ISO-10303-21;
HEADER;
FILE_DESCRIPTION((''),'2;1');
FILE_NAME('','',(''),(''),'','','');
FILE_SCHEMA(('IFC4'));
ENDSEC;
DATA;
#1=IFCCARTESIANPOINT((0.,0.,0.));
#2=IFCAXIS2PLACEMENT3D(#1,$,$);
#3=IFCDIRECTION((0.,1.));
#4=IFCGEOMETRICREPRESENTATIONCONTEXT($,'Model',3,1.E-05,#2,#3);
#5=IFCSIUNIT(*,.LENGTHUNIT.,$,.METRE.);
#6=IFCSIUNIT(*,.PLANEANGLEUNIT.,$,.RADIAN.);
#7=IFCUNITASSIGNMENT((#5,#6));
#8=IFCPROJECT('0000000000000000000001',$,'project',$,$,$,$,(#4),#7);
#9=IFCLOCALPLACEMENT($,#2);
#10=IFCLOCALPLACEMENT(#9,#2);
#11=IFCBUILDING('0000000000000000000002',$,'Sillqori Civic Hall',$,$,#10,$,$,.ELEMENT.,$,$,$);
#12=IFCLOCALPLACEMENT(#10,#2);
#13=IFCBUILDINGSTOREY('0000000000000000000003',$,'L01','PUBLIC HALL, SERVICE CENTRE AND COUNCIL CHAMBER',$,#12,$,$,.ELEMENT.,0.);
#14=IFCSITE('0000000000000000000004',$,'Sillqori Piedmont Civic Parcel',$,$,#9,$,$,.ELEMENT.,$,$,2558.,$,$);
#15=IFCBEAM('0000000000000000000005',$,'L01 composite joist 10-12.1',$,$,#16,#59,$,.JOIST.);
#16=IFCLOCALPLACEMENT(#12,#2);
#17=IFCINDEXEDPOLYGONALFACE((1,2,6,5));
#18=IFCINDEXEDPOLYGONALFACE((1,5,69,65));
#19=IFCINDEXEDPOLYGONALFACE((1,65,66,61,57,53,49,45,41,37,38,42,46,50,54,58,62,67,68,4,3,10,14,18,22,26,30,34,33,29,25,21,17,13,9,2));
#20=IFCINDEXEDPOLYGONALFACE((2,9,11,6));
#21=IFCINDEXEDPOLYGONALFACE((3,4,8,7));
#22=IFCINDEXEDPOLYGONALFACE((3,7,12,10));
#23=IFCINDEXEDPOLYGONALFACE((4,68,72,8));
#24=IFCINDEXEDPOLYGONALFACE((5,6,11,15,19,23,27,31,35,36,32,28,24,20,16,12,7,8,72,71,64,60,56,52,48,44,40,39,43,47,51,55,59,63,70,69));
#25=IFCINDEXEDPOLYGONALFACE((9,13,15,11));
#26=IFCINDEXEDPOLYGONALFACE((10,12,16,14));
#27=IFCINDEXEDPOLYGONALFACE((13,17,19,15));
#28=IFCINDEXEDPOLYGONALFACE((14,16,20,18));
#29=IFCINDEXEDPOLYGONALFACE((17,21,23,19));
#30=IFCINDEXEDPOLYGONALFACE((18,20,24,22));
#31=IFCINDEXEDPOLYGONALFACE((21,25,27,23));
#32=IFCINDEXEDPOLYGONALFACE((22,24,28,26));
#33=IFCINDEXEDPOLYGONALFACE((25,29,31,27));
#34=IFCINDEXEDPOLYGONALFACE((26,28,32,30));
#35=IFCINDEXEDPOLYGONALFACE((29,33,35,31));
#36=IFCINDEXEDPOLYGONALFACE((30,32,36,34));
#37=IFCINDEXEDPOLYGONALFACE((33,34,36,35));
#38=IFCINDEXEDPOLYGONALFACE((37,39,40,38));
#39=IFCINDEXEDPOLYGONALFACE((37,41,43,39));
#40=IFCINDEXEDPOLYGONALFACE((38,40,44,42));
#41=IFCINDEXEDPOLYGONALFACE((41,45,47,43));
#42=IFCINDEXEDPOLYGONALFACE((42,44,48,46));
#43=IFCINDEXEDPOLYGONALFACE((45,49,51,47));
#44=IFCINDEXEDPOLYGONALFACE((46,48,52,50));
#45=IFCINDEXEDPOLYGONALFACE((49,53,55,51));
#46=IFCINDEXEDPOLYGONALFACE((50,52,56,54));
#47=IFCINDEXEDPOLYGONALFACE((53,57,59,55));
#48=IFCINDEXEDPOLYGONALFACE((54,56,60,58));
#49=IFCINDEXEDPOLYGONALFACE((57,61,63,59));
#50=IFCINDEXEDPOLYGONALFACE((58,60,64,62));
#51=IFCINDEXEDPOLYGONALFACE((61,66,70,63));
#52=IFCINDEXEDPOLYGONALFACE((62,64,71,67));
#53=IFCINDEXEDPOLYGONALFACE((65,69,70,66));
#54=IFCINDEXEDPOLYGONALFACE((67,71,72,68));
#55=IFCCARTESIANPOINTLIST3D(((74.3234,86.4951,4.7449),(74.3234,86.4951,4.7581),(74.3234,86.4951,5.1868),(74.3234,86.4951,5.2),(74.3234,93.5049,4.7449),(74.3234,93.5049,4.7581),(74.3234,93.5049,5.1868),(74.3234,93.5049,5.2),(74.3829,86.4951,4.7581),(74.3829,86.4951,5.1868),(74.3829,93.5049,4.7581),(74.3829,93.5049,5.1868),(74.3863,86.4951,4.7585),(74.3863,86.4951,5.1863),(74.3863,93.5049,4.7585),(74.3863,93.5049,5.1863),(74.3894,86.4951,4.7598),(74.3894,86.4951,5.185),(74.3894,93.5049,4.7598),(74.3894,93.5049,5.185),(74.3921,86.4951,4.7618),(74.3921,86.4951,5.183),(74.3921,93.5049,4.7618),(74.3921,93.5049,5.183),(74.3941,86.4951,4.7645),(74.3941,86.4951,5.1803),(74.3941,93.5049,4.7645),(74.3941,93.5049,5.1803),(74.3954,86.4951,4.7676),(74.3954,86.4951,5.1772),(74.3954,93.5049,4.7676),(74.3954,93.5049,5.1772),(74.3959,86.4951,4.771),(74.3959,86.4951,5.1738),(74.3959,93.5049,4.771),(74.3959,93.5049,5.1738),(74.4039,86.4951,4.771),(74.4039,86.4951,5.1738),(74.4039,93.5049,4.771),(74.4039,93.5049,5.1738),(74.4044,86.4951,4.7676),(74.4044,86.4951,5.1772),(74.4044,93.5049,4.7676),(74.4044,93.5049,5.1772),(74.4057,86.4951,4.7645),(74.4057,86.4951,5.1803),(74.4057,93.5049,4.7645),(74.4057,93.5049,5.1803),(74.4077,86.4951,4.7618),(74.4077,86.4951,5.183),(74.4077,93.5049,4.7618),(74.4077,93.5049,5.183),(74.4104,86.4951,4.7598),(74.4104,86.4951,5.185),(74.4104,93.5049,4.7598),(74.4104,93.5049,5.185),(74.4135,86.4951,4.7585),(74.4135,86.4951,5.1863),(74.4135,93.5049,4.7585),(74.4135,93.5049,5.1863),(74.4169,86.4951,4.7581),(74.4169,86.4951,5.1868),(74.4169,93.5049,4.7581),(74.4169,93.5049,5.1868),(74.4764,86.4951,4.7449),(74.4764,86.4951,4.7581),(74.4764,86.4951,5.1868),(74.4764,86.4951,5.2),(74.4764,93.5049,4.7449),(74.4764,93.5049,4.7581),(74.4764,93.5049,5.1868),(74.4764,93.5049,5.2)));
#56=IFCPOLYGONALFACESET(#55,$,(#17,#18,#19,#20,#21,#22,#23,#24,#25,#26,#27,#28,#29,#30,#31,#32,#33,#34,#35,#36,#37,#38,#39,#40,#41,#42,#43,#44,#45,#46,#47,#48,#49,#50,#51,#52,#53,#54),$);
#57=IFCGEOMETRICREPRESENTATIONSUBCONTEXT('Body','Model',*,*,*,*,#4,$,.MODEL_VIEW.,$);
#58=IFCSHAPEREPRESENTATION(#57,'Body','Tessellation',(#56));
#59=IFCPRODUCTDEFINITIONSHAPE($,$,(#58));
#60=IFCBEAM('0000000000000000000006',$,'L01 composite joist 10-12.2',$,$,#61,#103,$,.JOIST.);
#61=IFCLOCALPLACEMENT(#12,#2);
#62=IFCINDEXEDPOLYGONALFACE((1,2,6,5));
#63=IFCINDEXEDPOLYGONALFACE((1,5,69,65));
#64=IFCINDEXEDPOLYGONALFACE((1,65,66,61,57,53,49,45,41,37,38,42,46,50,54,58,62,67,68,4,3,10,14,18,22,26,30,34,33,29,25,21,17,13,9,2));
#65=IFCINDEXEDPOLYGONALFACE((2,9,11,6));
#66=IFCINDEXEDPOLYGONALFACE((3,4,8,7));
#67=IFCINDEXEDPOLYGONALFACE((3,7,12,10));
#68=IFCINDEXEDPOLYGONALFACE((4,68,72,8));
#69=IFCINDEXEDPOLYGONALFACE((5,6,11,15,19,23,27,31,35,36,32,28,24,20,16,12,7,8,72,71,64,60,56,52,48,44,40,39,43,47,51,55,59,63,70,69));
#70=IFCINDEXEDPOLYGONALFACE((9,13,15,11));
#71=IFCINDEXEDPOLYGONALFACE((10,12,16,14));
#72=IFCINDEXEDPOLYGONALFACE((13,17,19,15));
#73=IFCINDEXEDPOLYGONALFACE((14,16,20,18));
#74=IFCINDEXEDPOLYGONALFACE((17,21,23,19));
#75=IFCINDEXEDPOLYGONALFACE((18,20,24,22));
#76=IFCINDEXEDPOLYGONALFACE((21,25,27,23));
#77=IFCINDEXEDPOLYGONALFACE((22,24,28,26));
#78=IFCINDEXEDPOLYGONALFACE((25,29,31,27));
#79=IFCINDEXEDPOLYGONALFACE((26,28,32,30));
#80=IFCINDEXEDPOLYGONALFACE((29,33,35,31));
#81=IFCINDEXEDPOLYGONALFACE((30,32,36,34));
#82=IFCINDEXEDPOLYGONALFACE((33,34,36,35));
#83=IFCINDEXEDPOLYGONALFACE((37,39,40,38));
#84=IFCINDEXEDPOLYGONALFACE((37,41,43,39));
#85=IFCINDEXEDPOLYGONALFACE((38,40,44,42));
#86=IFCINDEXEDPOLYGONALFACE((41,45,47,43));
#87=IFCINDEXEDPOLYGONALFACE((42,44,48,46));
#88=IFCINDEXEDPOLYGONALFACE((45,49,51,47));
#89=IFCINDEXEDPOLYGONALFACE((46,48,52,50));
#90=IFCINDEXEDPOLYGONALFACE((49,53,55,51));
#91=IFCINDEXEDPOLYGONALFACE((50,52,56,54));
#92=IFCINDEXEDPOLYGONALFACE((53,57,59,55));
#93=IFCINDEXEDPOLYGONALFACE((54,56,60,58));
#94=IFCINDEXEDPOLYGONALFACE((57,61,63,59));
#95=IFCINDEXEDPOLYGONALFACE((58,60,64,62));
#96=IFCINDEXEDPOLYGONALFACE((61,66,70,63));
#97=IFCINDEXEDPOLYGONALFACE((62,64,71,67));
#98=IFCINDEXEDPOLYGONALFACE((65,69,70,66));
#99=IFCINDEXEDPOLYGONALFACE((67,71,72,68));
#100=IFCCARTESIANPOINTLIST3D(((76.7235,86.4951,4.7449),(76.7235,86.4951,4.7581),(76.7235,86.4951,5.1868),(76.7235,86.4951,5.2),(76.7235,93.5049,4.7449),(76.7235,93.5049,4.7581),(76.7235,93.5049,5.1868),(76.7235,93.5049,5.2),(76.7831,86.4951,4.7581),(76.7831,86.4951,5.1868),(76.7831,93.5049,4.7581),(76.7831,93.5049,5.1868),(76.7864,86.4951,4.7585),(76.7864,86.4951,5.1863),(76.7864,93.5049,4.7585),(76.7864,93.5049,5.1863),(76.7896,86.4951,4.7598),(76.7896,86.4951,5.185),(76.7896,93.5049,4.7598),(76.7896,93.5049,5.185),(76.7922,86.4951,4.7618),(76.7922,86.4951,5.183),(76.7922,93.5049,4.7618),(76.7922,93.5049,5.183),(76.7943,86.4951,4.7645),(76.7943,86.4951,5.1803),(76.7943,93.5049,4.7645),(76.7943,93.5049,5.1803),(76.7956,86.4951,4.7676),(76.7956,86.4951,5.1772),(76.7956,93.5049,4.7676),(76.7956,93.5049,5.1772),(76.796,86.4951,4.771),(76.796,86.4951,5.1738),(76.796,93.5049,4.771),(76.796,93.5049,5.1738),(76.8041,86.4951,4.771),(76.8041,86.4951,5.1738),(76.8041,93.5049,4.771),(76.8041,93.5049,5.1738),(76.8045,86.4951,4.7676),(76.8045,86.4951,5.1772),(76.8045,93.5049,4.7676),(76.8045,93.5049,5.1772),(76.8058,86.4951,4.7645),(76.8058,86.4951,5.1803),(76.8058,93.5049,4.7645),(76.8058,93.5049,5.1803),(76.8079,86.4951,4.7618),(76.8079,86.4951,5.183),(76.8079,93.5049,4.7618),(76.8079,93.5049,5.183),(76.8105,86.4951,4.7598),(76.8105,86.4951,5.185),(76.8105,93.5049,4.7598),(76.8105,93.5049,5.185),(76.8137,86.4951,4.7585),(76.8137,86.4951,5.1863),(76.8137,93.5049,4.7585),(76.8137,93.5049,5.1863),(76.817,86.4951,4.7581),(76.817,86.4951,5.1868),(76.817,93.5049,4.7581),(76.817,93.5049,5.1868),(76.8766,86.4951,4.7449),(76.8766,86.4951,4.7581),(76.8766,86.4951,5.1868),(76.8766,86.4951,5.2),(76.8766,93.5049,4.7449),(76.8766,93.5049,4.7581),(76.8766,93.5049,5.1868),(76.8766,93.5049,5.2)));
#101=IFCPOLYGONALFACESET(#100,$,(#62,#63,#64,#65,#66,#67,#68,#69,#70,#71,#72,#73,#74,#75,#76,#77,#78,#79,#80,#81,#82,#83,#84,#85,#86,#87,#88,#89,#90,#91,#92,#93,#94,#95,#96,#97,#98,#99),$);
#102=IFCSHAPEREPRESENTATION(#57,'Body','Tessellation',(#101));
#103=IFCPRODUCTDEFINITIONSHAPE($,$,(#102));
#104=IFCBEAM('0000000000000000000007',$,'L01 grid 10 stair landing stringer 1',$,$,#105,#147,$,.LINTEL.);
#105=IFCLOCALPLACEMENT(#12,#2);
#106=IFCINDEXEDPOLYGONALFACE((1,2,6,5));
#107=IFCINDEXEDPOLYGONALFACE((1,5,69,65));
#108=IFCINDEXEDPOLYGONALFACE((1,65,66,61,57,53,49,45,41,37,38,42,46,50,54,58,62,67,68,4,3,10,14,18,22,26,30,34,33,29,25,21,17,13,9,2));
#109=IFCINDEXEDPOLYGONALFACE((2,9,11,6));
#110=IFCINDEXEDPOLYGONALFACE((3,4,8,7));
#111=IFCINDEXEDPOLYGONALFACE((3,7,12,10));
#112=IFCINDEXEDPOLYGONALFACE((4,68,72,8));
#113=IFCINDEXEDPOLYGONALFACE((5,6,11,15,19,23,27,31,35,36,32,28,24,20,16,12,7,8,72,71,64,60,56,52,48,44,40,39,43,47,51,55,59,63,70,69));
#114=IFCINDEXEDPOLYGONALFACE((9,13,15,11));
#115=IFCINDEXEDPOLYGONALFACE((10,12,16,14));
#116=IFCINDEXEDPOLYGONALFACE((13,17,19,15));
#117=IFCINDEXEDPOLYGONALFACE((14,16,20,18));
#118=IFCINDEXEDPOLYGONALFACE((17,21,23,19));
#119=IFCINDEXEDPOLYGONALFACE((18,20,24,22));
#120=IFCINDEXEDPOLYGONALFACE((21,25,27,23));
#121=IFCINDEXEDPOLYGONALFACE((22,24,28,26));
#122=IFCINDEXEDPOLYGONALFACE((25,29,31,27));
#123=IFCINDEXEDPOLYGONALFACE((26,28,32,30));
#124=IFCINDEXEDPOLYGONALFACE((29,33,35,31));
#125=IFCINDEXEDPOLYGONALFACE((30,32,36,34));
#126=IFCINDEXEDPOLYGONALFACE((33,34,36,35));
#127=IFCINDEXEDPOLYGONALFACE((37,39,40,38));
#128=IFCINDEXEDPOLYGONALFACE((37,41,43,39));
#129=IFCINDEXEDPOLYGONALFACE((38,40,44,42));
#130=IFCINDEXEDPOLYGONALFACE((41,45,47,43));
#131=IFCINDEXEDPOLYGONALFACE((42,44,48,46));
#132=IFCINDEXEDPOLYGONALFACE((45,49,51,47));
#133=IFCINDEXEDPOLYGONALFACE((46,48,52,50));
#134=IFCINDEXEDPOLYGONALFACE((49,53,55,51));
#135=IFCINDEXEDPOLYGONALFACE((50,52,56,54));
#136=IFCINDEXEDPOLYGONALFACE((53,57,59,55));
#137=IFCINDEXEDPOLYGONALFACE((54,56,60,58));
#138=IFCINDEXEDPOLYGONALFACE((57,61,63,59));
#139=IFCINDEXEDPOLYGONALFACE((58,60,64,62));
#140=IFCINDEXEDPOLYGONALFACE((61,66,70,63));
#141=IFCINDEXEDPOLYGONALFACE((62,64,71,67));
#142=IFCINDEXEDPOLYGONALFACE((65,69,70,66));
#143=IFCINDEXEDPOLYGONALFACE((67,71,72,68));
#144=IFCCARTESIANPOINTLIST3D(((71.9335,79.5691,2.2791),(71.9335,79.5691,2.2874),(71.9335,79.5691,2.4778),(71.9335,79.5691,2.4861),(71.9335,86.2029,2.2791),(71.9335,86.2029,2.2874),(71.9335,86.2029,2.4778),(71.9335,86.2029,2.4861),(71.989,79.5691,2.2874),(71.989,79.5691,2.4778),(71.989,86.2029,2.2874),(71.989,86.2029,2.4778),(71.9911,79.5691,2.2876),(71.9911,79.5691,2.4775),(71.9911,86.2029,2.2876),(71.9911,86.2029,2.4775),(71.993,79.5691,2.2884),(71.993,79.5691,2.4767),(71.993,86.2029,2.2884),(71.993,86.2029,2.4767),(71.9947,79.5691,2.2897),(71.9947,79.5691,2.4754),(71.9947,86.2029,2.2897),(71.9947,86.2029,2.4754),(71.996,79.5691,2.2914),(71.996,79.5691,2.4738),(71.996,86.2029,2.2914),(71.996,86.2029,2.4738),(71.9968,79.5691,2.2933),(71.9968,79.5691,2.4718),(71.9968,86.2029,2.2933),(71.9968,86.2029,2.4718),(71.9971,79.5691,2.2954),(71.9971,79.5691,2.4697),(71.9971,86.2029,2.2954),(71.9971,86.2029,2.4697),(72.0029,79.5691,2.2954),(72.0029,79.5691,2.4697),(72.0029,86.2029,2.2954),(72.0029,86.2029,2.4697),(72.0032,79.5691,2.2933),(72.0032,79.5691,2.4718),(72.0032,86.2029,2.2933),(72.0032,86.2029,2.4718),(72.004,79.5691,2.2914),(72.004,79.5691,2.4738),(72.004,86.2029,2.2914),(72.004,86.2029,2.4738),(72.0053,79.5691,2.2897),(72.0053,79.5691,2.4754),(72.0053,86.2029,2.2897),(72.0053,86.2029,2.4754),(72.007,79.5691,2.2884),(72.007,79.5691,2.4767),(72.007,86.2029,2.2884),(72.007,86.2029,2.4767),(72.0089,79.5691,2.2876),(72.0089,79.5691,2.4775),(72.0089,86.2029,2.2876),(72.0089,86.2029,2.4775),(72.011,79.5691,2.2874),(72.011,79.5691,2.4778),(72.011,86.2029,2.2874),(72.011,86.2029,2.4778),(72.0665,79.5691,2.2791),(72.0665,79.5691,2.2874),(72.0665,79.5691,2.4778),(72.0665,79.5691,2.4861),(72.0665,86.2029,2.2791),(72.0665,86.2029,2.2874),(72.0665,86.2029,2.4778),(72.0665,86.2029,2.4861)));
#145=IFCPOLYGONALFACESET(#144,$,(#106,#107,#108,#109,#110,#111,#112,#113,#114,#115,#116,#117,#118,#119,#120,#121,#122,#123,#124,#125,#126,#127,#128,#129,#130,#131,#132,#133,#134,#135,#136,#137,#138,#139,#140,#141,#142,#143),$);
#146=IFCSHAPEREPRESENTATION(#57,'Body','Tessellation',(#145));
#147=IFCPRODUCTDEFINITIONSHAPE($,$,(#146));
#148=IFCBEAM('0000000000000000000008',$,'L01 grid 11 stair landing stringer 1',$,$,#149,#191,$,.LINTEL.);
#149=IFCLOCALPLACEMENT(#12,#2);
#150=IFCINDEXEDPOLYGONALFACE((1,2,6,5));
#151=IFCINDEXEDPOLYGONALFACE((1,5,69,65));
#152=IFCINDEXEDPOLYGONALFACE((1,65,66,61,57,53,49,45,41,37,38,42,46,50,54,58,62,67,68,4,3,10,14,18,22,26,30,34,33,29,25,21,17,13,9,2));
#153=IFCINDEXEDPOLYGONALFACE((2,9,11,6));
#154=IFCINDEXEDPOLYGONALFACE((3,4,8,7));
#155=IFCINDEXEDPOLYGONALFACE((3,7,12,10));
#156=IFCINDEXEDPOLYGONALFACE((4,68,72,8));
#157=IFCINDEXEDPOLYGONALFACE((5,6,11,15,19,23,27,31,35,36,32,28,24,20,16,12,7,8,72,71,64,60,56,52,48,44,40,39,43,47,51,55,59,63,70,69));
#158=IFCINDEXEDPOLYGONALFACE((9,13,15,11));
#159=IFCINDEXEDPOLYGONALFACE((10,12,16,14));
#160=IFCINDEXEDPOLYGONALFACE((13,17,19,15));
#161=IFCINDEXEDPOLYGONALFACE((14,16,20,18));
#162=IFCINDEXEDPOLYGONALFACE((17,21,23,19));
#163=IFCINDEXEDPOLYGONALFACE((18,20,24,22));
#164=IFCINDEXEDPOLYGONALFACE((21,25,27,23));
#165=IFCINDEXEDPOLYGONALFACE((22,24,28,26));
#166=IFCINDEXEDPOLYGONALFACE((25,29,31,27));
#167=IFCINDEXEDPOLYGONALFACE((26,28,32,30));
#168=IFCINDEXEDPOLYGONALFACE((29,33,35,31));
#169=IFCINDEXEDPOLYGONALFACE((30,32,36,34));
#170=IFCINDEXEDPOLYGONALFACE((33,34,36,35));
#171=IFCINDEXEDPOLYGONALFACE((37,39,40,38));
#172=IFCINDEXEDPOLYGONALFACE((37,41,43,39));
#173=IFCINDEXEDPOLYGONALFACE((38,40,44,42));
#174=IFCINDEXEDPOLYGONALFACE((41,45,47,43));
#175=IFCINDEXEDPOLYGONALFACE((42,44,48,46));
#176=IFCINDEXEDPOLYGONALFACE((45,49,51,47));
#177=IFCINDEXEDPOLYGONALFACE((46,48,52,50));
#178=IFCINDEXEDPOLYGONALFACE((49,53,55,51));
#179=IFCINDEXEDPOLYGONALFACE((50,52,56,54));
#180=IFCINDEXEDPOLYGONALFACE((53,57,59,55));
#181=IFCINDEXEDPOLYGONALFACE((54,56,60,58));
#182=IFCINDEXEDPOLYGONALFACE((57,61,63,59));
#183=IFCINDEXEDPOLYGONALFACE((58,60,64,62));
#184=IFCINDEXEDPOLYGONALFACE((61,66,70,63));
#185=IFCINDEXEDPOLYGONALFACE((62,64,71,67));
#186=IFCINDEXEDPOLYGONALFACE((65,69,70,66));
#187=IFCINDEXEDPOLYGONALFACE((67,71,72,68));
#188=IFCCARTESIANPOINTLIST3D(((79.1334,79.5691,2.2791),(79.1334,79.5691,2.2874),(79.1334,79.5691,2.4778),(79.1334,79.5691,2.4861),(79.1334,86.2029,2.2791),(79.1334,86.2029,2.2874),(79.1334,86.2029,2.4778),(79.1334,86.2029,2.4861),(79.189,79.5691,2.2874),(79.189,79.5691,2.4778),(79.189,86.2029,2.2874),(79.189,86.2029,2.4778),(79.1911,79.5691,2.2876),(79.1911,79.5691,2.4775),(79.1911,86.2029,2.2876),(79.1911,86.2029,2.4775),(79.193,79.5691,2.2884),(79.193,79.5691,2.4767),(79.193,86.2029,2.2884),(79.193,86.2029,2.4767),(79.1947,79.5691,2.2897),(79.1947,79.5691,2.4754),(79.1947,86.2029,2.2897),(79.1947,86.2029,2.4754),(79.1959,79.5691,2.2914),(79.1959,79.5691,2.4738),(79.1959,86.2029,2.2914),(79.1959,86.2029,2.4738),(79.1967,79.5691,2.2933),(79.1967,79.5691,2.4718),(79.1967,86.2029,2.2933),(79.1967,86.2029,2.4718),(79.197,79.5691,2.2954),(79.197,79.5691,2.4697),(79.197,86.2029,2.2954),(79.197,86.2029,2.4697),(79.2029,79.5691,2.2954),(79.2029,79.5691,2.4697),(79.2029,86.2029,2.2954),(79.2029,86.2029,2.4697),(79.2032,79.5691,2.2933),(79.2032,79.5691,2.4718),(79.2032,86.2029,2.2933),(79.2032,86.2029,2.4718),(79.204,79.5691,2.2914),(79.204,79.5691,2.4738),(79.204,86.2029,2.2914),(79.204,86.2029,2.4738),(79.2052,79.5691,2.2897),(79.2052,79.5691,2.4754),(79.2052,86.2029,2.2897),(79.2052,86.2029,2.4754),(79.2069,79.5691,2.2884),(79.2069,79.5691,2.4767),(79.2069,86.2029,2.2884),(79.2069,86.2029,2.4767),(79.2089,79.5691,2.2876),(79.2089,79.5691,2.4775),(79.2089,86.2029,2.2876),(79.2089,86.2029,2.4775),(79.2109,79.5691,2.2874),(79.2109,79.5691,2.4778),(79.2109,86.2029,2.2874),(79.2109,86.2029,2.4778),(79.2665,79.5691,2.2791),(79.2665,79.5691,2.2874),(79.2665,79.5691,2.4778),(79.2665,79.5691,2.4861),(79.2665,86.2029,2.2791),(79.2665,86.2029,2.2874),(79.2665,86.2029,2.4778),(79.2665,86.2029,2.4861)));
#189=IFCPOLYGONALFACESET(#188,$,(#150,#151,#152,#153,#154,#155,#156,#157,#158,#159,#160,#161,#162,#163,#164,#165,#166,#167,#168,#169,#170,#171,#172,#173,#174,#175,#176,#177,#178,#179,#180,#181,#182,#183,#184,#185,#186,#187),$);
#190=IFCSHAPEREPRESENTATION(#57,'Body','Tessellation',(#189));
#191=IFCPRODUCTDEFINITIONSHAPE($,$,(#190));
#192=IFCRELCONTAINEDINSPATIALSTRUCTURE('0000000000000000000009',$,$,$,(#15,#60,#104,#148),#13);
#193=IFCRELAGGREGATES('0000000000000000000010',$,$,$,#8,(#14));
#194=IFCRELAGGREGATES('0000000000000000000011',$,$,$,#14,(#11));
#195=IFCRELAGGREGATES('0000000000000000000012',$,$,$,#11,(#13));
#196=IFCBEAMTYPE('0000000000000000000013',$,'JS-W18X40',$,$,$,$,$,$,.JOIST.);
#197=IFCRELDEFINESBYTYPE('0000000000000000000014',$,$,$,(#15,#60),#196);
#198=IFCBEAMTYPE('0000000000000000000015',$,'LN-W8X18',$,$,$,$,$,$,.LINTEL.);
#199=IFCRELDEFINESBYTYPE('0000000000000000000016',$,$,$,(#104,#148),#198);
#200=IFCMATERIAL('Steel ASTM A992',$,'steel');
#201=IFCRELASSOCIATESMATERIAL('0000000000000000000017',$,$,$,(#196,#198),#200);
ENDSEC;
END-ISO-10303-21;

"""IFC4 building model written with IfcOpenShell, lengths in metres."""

from ifc_helpers import new_model, si_unit, direction, frame, origin, origin_2d, place, context, subcontext, project, spatial, i_section, extrude, material, material_profile, profile_set, type_object, element, save


model = new_model("IFC4")

# Units and contexts
model_context = context("Model", 3, precision=1e-05, world=origin(), true_north=direction((0.0, 1.0)))
body_context = subcontext(model_context, "Body", "Model", "MODEL_VIEW")
ifc_project = project(units=[si_unit("LENGTHUNIT", "METRE"), si_unit("PLANEANGLEUNIT", "RADIAN")], contexts=[model_context])

# Site, building, storey
site_placement = place(None, origin())
site = spatial("IfcSite", under=ifc_project, at=site_placement, Name="Sillqori Piedmont Civic Parcel", CompositionType="ELEMENT", RefElevation=2558.0)
building_placement = place(site_placement, origin())
building = spatial("IfcBuilding", under=site, at=building_placement, Name="Sillqori Civic Hall", CompositionType="ELEMENT")
storey_placement = place(building_placement, origin())
storey = spatial("IfcBuildingStorey", under=building, at=storey_placement, Name="L01", Description="PUBLIC HALL, SERVICE CENTRE AND COUNCIL CHAMBER", CompositionType="ELEMENT", Elevation=0.0)

# Shared definitions
ifc_material_1 = material(Name="Steel ASTM A992", Category="steel")

# Beams
ifc_material_profile_1 = material_profile(ifc_material_1, i_section(OverallWidth=0.1531, OverallDepth=0.4551, WebThickness=0.0081, FlangeThickness=0.0132, FilletRadius=0.0129, at=origin_2d()), Name="W18X40")
ifc_profile_set_1 = profile_set([ifc_material_profile_1], Name="Steel ASTM A992")
beam_type_1 = type_object("IfcBeamType", Name="JS-W18X40", PredefinedType="JOIST", material=ifc_profile_set_1)
for number, where, z_axis, x_axis, name in (
    (1, (74.3999, 86.4951, 4.9724), (0.0, 1.0, 0.0), (-1.0, 0.0, 0.0), "L01 composite joist 10-12.1"),
    (2, (76.8, 86.4951, 4.9724), (0.0, 1.0, 0.0), (-1.0, 0.0, 0.0), "L01 composite joist 10-12.2"),
):
    element("IfcBeam", number, at=place(storey_placement, frame(where, z_axis=z_axis, x_axis=x_axis)), inside=storey, type_object=beam_type_1, Name=name, PredefinedType="JOIST", context=body_context, shape_type="SweptSolid", body=[
        extrude(i_section(OverallWidth=0.1531, OverallDepth=0.4551, WebThickness=0.0081, FlangeThickness=0.0132, FilletRadius=0.0129, at=origin_2d()), origin(), (0.0, 0.0, 1.0), 7.0098),
    ])
ifc_material_profile_2 = material_profile(ifc_material_1, i_section(OverallWidth=0.1331, OverallDepth=0.207, WebThickness=0.0059, FlangeThickness=0.0083, FilletRadius=0.0081, at=origin_2d()), Name="W8X18")
ifc_profile_set_2 = profile_set([ifc_material_profile_2], Name="Steel ASTM A992")
beam_type_2 = type_object("IfcBeamType", Name="LN-W8X18", PredefinedType="LINTEL", material=ifc_profile_set_2)
for number, where, z_axis, x_axis, name in (
    (3, (72.0, 79.5691, 2.3826), (0.0, 1.0, 0.0), (-1.0, 0.0, 0.0), "L01 grid 10 stair landing stringer 1"),
    (4, (79.2, 79.5691, 2.3826), (0.0, 1.0, 0.0), (-1.0, 0.0, 0.0), "L01 grid 11 stair landing stringer 1"),
):
    element("IfcBeam", number, at=place(storey_placement, frame(where, z_axis=z_axis, x_axis=x_axis)), inside=storey, type_object=beam_type_2, Name=name, PredefinedType="LINTEL", context=body_context, shape_type="SweptSolid", body=[
        extrude(i_section(OverallWidth=0.1331, OverallDepth=0.207, WebThickness=0.0059, FlangeThickness=0.0083, FilletRadius=0.0081, at=origin_2d()), origin(), (0.0, 0.0, 1.0), 6.6338),
    ])

save(model, "model.ifc")
